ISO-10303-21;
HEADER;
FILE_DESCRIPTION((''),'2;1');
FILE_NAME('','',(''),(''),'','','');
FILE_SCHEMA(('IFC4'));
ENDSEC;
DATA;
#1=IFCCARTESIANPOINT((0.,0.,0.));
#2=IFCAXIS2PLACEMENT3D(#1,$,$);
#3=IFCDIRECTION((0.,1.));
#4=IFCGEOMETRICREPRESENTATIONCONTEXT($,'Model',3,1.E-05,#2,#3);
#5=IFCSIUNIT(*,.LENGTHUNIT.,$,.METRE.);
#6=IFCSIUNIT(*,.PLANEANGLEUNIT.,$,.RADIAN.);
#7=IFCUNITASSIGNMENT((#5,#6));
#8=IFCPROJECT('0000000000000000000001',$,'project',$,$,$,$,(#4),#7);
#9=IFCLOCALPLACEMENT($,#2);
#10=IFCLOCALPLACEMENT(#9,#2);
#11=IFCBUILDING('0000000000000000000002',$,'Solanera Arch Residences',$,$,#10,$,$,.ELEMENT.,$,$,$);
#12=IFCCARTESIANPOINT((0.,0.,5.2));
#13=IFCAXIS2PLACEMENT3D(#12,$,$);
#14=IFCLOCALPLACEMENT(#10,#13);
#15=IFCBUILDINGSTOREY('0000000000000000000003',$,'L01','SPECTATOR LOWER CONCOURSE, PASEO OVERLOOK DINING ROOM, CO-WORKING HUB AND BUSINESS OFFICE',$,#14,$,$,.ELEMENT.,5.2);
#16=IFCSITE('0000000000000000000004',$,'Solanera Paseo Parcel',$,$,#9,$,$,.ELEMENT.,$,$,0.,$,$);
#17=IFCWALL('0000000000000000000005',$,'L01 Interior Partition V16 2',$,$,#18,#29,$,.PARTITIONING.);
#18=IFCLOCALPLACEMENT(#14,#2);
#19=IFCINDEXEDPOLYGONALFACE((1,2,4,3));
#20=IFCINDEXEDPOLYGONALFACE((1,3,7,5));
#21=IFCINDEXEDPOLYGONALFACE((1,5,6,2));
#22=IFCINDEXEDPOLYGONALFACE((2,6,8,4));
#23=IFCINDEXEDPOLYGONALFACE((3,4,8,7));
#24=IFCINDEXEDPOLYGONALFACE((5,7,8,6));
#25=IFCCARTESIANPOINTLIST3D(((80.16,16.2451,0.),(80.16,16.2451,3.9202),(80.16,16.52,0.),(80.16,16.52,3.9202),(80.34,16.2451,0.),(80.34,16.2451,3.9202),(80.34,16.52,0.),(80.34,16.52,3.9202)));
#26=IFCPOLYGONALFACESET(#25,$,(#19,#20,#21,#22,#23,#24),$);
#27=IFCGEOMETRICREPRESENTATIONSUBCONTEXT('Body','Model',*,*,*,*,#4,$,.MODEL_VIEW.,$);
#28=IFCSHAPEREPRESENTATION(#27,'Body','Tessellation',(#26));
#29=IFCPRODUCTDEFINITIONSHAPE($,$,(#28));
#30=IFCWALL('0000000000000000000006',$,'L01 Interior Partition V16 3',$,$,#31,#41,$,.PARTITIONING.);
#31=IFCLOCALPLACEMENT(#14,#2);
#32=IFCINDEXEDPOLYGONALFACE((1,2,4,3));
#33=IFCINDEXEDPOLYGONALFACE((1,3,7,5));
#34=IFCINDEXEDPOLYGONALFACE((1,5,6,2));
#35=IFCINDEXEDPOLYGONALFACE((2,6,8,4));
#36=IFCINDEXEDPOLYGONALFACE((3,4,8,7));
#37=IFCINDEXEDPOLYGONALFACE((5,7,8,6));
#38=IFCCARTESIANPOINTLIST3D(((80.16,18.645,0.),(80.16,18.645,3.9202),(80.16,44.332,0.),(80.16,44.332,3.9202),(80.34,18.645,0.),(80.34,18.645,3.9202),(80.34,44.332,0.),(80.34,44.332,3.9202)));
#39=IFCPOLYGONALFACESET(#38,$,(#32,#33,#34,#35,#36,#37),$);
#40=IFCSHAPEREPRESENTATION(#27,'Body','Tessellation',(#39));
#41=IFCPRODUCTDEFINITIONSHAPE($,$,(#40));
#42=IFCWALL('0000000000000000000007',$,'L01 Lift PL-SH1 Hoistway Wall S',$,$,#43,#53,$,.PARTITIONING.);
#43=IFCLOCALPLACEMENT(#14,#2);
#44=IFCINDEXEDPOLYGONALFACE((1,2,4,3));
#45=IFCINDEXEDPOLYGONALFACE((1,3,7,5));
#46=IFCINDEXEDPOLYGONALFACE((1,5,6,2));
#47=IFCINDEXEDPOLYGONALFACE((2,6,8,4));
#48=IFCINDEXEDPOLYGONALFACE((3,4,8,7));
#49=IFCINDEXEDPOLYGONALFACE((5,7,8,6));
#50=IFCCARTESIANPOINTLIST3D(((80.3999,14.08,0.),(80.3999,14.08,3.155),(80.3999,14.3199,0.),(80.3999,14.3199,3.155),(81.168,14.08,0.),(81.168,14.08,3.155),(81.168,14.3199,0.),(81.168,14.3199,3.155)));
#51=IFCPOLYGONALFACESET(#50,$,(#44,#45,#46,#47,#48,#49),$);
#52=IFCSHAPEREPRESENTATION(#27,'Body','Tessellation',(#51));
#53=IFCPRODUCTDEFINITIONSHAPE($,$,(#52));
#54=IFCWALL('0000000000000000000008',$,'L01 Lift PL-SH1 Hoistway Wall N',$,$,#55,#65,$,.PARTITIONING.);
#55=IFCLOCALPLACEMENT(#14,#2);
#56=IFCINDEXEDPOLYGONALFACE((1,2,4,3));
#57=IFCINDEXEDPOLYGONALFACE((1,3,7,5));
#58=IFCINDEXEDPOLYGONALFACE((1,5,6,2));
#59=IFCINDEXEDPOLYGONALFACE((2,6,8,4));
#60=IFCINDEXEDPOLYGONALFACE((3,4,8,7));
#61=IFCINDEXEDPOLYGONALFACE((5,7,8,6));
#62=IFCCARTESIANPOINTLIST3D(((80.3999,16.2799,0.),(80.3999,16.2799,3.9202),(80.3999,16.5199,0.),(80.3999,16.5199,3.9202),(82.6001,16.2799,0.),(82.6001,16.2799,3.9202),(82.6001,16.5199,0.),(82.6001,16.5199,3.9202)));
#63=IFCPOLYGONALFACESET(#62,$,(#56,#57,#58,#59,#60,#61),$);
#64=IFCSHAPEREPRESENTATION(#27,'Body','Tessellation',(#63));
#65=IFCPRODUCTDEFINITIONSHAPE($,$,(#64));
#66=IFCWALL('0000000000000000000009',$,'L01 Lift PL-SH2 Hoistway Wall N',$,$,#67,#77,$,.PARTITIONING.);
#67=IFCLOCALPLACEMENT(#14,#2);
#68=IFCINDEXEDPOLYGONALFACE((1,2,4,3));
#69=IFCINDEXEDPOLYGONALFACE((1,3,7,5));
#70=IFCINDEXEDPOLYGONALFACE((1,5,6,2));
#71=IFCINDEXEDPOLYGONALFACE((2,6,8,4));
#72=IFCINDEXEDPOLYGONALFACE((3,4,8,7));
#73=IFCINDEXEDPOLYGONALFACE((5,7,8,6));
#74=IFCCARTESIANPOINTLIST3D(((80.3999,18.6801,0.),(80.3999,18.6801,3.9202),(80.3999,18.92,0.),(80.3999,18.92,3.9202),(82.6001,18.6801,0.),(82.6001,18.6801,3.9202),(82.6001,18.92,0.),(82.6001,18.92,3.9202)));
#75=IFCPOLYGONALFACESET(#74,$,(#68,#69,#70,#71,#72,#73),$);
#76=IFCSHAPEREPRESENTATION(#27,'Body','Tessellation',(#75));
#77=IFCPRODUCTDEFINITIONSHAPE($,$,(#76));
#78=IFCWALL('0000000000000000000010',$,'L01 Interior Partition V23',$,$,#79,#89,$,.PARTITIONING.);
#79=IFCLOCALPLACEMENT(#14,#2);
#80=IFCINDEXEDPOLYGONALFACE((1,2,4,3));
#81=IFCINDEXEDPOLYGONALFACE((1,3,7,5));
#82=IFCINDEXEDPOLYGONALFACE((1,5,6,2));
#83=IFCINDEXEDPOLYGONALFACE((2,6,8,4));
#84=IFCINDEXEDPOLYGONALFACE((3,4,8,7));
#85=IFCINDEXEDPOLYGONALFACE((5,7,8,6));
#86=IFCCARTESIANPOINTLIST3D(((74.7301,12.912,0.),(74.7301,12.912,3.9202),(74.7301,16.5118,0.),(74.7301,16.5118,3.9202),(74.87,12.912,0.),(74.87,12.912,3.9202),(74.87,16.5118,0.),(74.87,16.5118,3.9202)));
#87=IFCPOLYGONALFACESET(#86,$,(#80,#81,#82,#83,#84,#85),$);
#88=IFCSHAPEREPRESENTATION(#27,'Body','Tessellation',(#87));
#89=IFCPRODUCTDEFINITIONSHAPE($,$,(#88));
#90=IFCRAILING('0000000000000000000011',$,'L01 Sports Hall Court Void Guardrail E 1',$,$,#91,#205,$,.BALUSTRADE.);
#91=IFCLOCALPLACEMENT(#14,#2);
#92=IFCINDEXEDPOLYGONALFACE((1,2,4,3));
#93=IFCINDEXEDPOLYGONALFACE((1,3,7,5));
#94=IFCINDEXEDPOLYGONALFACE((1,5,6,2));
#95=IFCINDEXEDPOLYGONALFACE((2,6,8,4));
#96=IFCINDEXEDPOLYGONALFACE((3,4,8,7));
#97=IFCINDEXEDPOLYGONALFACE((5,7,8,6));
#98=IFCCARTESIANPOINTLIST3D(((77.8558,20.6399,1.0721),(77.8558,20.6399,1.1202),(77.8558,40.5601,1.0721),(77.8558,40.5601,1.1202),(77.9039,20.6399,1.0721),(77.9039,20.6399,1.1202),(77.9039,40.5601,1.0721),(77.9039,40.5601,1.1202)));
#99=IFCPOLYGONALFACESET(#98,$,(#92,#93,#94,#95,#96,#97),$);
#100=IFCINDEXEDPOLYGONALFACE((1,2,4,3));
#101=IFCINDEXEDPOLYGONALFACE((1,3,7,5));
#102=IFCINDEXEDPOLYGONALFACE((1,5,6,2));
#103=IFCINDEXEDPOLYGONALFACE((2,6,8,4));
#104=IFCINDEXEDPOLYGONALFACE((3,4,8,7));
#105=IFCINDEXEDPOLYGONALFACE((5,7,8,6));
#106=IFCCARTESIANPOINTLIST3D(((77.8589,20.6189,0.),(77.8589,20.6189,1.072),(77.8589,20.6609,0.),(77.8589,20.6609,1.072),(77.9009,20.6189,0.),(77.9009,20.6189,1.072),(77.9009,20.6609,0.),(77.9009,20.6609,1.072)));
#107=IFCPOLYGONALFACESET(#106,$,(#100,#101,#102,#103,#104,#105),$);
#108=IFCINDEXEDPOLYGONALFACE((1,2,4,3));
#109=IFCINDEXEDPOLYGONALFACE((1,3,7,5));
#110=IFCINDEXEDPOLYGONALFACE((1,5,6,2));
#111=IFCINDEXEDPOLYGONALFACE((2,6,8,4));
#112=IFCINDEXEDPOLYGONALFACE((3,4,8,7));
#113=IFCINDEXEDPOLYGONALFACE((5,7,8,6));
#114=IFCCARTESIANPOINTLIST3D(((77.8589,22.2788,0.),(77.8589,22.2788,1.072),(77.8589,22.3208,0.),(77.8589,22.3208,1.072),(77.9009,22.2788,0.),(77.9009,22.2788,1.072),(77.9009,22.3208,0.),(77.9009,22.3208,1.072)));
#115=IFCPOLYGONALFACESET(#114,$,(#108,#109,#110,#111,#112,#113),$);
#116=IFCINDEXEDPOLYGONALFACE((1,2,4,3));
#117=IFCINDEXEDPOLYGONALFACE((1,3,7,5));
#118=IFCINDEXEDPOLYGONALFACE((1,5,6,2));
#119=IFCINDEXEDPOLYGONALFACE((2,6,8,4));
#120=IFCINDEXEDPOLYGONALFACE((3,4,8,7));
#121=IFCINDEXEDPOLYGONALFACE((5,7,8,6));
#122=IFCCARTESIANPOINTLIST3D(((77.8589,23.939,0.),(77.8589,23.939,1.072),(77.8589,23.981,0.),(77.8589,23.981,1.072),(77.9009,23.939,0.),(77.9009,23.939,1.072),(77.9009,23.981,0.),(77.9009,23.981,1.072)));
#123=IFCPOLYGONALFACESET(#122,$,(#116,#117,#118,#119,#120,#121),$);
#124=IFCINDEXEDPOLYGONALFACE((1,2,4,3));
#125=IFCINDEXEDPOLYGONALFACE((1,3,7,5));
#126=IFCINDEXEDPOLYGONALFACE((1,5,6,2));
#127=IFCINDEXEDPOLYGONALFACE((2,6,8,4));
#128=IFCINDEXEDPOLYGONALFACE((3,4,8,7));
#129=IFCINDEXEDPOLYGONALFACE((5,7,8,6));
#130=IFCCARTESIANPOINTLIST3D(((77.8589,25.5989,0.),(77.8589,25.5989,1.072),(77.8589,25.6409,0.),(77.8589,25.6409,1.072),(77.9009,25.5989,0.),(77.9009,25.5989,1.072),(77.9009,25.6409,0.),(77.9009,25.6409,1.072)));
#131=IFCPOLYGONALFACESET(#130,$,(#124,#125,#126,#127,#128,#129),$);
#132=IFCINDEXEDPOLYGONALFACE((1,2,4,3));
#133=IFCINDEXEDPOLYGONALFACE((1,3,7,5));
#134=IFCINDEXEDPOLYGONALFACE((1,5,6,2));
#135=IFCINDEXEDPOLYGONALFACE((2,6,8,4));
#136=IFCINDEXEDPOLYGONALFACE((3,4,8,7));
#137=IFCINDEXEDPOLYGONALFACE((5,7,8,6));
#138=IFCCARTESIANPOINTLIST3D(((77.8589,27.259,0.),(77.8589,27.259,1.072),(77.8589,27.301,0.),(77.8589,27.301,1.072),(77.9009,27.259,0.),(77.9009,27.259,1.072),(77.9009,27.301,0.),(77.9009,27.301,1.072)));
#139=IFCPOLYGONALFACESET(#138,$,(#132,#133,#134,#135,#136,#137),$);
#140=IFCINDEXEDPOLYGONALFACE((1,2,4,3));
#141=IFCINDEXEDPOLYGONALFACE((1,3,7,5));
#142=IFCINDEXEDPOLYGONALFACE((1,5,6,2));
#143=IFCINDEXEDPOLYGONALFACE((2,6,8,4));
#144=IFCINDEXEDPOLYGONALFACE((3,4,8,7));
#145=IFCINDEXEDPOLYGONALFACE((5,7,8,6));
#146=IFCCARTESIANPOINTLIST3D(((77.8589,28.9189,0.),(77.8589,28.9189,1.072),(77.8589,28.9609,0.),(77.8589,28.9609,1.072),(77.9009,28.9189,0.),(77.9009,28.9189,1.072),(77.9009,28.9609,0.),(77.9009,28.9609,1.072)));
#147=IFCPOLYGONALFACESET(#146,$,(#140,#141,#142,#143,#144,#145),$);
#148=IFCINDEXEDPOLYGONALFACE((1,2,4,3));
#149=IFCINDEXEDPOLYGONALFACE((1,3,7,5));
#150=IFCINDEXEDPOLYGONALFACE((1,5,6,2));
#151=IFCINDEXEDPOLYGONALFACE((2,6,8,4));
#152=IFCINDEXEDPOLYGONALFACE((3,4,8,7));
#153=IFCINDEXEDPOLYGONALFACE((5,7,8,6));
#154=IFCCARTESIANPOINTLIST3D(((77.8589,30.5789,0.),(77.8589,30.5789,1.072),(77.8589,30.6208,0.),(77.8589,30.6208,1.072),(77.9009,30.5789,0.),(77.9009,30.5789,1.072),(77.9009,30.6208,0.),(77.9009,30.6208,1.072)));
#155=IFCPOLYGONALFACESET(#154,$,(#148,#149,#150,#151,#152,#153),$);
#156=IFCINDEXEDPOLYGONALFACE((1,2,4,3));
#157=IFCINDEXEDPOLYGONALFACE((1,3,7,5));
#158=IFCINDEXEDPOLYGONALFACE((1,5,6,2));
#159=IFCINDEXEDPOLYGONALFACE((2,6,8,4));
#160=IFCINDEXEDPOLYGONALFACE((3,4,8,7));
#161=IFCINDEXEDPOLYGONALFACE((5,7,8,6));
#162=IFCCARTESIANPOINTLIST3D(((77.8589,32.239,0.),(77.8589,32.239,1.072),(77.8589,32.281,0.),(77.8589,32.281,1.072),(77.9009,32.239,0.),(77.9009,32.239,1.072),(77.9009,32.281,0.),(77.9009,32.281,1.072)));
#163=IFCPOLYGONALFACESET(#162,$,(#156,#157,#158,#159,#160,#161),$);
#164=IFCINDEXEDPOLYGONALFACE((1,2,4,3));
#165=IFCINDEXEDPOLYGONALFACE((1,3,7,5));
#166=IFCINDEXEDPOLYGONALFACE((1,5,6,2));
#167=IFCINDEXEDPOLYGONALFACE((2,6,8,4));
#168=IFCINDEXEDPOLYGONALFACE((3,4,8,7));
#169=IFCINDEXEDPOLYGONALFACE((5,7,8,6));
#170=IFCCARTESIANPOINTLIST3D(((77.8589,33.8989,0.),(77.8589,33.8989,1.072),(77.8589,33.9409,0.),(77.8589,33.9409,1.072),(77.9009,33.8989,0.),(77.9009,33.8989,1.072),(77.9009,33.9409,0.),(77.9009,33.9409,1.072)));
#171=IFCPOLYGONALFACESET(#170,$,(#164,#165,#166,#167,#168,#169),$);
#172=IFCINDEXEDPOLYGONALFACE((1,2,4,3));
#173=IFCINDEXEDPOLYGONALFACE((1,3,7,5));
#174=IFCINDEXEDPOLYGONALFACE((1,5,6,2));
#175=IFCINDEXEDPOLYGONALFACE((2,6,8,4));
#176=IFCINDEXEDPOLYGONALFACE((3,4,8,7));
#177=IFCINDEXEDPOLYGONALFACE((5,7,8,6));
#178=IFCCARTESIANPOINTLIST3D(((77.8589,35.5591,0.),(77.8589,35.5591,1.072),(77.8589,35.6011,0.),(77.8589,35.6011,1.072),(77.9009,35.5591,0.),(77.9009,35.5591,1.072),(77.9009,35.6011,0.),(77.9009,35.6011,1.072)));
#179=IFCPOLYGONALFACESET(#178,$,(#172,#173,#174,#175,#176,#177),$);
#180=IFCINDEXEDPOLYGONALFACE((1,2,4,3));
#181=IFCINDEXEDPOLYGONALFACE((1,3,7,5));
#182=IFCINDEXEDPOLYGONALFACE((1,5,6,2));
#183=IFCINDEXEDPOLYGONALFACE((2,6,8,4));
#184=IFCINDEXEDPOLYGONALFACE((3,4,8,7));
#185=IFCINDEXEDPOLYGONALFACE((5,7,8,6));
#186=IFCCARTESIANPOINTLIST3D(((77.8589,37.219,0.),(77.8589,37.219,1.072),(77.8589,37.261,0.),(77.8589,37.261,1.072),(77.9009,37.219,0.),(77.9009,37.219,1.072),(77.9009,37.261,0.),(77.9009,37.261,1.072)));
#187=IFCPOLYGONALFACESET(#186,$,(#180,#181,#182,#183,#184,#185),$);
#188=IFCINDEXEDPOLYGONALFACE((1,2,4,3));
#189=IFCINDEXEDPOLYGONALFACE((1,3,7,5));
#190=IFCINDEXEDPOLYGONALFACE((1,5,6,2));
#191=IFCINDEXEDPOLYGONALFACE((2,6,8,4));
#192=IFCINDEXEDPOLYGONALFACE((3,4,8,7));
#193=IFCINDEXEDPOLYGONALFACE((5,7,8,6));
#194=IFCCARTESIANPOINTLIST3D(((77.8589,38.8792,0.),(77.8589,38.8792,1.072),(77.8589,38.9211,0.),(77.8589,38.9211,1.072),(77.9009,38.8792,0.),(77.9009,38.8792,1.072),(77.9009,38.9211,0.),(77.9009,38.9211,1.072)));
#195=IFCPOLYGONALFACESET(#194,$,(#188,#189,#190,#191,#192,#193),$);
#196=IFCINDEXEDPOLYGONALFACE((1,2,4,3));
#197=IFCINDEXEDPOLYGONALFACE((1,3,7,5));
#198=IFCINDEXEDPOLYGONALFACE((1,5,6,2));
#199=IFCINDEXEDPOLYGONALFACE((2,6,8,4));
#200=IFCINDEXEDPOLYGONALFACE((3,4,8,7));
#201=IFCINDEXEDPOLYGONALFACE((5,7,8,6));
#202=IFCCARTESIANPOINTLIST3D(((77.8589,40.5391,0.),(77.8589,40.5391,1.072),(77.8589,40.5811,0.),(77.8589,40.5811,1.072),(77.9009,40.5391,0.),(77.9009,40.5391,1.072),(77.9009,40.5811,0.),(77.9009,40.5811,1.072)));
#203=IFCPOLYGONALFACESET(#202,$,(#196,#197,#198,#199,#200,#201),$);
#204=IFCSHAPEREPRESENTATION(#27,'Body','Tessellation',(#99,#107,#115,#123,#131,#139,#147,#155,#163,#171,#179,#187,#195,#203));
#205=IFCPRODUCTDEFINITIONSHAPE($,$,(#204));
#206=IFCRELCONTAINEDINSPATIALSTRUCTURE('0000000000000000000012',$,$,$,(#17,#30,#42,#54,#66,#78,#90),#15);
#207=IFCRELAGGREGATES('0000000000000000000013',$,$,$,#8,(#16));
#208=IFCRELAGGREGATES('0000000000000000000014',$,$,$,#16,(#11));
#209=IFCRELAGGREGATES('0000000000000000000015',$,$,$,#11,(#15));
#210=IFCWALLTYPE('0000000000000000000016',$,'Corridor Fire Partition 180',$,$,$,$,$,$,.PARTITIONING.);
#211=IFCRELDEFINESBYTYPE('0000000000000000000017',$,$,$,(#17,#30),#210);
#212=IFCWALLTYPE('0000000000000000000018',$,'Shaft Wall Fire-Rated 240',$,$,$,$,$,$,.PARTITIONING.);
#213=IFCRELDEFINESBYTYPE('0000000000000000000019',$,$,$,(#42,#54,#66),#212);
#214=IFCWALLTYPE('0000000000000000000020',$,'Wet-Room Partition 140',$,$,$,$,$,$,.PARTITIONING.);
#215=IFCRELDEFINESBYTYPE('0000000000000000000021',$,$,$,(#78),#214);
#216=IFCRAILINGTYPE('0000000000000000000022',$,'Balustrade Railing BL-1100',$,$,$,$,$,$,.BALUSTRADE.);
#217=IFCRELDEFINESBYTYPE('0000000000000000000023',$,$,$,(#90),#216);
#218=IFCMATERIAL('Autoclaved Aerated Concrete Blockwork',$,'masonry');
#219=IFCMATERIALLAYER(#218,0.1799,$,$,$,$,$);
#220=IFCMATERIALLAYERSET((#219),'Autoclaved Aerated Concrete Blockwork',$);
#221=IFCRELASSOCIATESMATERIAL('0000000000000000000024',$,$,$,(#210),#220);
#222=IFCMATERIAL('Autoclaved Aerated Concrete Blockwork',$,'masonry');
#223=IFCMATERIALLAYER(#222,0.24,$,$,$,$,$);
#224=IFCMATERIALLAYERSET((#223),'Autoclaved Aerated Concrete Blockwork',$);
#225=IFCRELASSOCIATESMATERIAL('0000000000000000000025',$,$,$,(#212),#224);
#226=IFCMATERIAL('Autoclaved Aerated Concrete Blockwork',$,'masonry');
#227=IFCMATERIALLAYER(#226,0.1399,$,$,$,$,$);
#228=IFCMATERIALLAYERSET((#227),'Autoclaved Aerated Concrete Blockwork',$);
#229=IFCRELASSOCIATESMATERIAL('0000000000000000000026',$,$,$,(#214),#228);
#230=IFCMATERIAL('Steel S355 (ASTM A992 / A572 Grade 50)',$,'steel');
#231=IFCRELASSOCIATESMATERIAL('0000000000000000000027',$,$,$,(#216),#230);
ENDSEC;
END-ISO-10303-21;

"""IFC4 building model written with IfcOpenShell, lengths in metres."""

from ifc_helpers import new_model, si_unit, direction, frame, frame_2d, origin, origin_2d, place, context, subcontext, project, spatial, rectangle, extrude, material, layer, layer_set, type_object, element, save


model = new_model("IFC4")

# Units and contexts
model_context = context("Model", 3, precision=1e-05, world=origin(), true_north=direction((0.0, 1.0)))
body_context = subcontext(model_context, "Body", "Model", "MODEL_VIEW")
ifc_project = project(units=[si_unit("LENGTHUNIT", "METRE"), si_unit("PLANEANGLEUNIT", "RADIAN")], contexts=[model_context])

# Site, building, storey
site_placement = place(None, origin())
site = spatial("IfcSite", under=ifc_project, at=site_placement, Name="Solanera Paseo Parcel", CompositionType="ELEMENT", RefElevation=0.0)
building_placement = place(site_placement, origin())
building = spatial("IfcBuilding", under=site, at=building_placement, Name="Solanera Arch Residences", CompositionType="ELEMENT")
storey_placement = place(building_placement, frame((0.0, 0.0, 5.2)))
storey = spatial("IfcBuildingStorey", under=building, at=storey_placement, Name="L01", Description="SPECTATOR LOWER CONCOURSE, PASEO OVERLOOK DINING ROOM, CO-WORKING HUB AND BUSINESS OFFICE", CompositionType="ELEMENT", Elevation=5.2)

# Shared definitions
ifc_material_1 = material(Name="Autoclaved Aerated Concrete Blockwork", Category="masonry")
ifc_layer_1 = layer(ifc_material_1, 0.1799)
ifc_layer_set_1 = layer_set([ifc_layer_1], Name="Autoclaved Aerated Concrete Blockwork")
wall_type_1 = type_object("IfcWallType", Name="Corridor Fire Partition 180", PredefinedType="PARTITIONING", material=ifc_layer_set_1)

# Walls
wall_1_placement = place(storey_placement, frame((80.25, 16.2451, 0.0), z_axis=(0.0, 0.0, 1.0), x_axis=(0.0, 1.0, 0.0)))
element("IfcWall", 1, at=wall_1_placement, inside=storey, type_object=wall_type_1, Name="L01 Interior Partition V16 2", PredefinedType="PARTITIONING", context=body_context, shape_type="SweptSolid", body=[
    extrude(rectangle(XDim=0.2749, YDim=0.1799, at=frame_2d((0.1375, 0.0))), origin(), (0.0, 0.0, 1.0), 3.9202),
])
wall_2_placement = place(storey_placement, frame((80.25, 18.645, 0.0), z_axis=(0.0, 0.0, 1.0), x_axis=(0.0, 1.0, 0.0)))
element("IfcWall", 2, at=wall_2_placement, inside=storey, type_object=wall_type_1, Name="L01 Interior Partition V16 3", PredefinedType="PARTITIONING", context=body_context, shape_type="SweptSolid", body=[
    extrude(rectangle(XDim=25.687, YDim=0.1799, at=frame_2d((12.8435, 0.0))), origin(), (0.0, 0.0, 1.0), 3.9202),
])
ifc_material_2 = material(Name="Autoclaved Aerated Concrete Blockwork", Category="masonry")
ifc_layer_2 = layer(ifc_material_2, 0.24)
ifc_layer_set_2 = layer_set([ifc_layer_2], Name="Autoclaved Aerated Concrete Blockwork")
wall_type_2 = type_object("IfcWallType", Name="Shaft Wall Fire-Rated 240", PredefinedType="PARTITIONING", material=ifc_layer_set_2)
wall_3_placement = place(storey_placement, frame((80.3999, 14.2, 0.0), z_axis=(0.0, 0.0, 1.0), x_axis=(1.0, 0.0, 0.0)))
element("IfcWall", 3, at=wall_3_placement, inside=storey, type_object=wall_type_2, Name="L01 Lift PL-SH1 Hoistway Wall S", PredefinedType="PARTITIONING", context=body_context, shape_type="SweptSolid", body=[
    extrude(rectangle(XDim=0.7681, YDim=0.24, at=frame_2d((0.384, 0.0))), origin(), (0.0, 0.0, 1.0), 3.155),
])
wall_4_placement = place(storey_placement, frame((80.3999, 16.3999, 0.0), z_axis=(0.0, 0.0, 1.0), x_axis=(1.0, 0.0, 0.0)))
element("IfcWall", 4, at=wall_4_placement, inside=storey, type_object=wall_type_2, Name="L01 Lift PL-SH1 Hoistway Wall N", PredefinedType="PARTITIONING", context=body_context, shape_type="SweptSolid", body=[
    extrude(rectangle(XDim=2.2002, YDim=0.24, at=frame_2d((1.1001, 0.0))), origin(), (0.0, 0.0, 1.0), 3.9202),
])

# Wall
wall_5_placement = place(storey_placement, frame((80.3999, 18.8, 0.0), z_axis=(0.0, 0.0, 1.0), x_axis=(1.0, 0.0, 0.0)))
element("IfcWall", 5, at=wall_5_placement, inside=storey, type_object=wall_type_2, Name="L01 Lift PL-SH2 Hoistway Wall N", PredefinedType="PARTITIONING", context=body_context, shape_type="SweptSolid", body=[
    extrude(rectangle(XDim=2.2002, YDim=0.24, at=frame_2d((1.1001, 0.0))), origin(), (0.0, 0.0, 1.0), 3.9202),
])

# Wall
ifc_material_3 = material(Name="Autoclaved Aerated Concrete Blockwork", Category="masonry")
ifc_layer_3 = layer(ifc_material_3, 0.1399)
ifc_layer_set_3 = layer_set([ifc_layer_3], Name="Autoclaved Aerated Concrete Blockwork")
wall_type_3 = type_object("IfcWallType", Name="Wet-Room Partition 140", PredefinedType="PARTITIONING", material=ifc_layer_set_3)
wall_6_placement = place(storey_placement, frame((74.8, 12.9121, 0.0), z_axis=(0.0, 0.0, 1.0), x_axis=(0.0, 1.0, 0.0)))
element("IfcWall", 6, at=wall_6_placement, inside=storey, type_object=wall_type_3, Name="L01 Interior Partition V23", PredefinedType="PARTITIONING", context=body_context, shape_type="SweptSolid", body=[
    extrude(rectangle(XDim=3.5999, YDim=0.1399, at=frame_2d((1.7998, 0.0))), origin(), (0.0, 0.0, 1.0), 3.9202),
])

# Railing
ifc_material_4 = material(Name="Steel S355 (ASTM A992 / A572 Grade 50)", Category="steel")
railing_type = type_object("IfcRailingType", Name="Balustrade Railing BL-1100", PredefinedType="BALUSTRADE", material=ifc_material_4)
railing_placement = place(storey_placement, frame((77.8799, 20.6399, 0.0)))
element("IfcRailing", 7, at=railing_placement, inside=storey, type_object=railing_type, Name="L01 Sports Hall Court Void Guardrail E 1", PredefinedType="BALUSTRADE", context=body_context, shape_type="SweptSolid", body=[
    extrude(rectangle(XDim=0.0481, YDim=0.0481, at=origin_2d()), frame((0.0, 0.0, 1.0962), z_axis=(0.0, 1.0, 0.0), x_axis=(-1.0, 0.0, 0.0)), (0.0, 0.0, 1.0), 19.9202),
    extrude(rectangle(XDim=0.042, YDim=0.042, at=origin_2d()), origin(), (0.0, 0.0, 1.0), 1.072),
    extrude(rectangle(XDim=0.042, YDim=0.042, at=origin_2d()), frame((0.0, 1.6599, 0.0)), (0.0, 0.0, 1.0), 1.072),
    extrude(rectangle(XDim=0.042, YDim=0.042, at=origin_2d()), frame((0.0, 3.3201, 0.0)), (0.0, 0.0, 1.0), 1.072),
    extrude(rectangle(XDim=0.042, YDim=0.042, at=origin_2d()), frame((0.0, 4.98, 0.0)), (0.0, 0.0, 1.0), 1.072),
    extrude(rectangle(XDim=0.042, YDim=0.042, at=origin_2d()), frame((0.0, 6.6401, 0.0)), (0.0, 0.0, 1.0), 1.072),
    extrude(rectangle(XDim=0.042, YDim=0.042, at=origin_2d()), frame((0.0, 8.3, 0.0)), (0.0, 0.0, 1.0), 1.072),
    extrude(rectangle(XDim=0.042, YDim=0.042, at=origin_2d()), frame((0.0, 9.96, 0.0)), (0.0, 0.0, 1.0), 1.072),
    extrude(rectangle(XDim=0.042, YDim=0.042, at=origin_2d()), frame((0.0, 11.6201, 0.0)), (0.0, 0.0, 1.0), 1.072),
    extrude(rectangle(XDim=0.042, YDim=0.042, at=origin_2d()), frame((0.0, 13.28, 0.0)), (0.0, 0.0, 1.0), 1.072),
    extrude(rectangle(XDim=0.042, YDim=0.042, at=origin_2d()), frame((0.0, 14.9402, 0.0)), (0.0, 0.0, 1.0), 1.072),
    extrude(rectangle(XDim=0.042, YDim=0.042, at=origin_2d()), frame((0.0, 16.6001, 0.0)), (0.0, 0.0, 1.0), 1.072),
    extrude(rectangle(XDim=0.042, YDim=0.042, at=origin_2d()), frame((0.0, 18.2603, 0.0)), (0.0, 0.0, 1.0), 1.072),
    extrude(rectangle(XDim=0.042, YDim=0.042, at=origin_2d()), frame((0.0, 19.9202, 0.0)), (0.0, 0.0, 1.0), 1.072),
])

save(model, "model.ifc")
